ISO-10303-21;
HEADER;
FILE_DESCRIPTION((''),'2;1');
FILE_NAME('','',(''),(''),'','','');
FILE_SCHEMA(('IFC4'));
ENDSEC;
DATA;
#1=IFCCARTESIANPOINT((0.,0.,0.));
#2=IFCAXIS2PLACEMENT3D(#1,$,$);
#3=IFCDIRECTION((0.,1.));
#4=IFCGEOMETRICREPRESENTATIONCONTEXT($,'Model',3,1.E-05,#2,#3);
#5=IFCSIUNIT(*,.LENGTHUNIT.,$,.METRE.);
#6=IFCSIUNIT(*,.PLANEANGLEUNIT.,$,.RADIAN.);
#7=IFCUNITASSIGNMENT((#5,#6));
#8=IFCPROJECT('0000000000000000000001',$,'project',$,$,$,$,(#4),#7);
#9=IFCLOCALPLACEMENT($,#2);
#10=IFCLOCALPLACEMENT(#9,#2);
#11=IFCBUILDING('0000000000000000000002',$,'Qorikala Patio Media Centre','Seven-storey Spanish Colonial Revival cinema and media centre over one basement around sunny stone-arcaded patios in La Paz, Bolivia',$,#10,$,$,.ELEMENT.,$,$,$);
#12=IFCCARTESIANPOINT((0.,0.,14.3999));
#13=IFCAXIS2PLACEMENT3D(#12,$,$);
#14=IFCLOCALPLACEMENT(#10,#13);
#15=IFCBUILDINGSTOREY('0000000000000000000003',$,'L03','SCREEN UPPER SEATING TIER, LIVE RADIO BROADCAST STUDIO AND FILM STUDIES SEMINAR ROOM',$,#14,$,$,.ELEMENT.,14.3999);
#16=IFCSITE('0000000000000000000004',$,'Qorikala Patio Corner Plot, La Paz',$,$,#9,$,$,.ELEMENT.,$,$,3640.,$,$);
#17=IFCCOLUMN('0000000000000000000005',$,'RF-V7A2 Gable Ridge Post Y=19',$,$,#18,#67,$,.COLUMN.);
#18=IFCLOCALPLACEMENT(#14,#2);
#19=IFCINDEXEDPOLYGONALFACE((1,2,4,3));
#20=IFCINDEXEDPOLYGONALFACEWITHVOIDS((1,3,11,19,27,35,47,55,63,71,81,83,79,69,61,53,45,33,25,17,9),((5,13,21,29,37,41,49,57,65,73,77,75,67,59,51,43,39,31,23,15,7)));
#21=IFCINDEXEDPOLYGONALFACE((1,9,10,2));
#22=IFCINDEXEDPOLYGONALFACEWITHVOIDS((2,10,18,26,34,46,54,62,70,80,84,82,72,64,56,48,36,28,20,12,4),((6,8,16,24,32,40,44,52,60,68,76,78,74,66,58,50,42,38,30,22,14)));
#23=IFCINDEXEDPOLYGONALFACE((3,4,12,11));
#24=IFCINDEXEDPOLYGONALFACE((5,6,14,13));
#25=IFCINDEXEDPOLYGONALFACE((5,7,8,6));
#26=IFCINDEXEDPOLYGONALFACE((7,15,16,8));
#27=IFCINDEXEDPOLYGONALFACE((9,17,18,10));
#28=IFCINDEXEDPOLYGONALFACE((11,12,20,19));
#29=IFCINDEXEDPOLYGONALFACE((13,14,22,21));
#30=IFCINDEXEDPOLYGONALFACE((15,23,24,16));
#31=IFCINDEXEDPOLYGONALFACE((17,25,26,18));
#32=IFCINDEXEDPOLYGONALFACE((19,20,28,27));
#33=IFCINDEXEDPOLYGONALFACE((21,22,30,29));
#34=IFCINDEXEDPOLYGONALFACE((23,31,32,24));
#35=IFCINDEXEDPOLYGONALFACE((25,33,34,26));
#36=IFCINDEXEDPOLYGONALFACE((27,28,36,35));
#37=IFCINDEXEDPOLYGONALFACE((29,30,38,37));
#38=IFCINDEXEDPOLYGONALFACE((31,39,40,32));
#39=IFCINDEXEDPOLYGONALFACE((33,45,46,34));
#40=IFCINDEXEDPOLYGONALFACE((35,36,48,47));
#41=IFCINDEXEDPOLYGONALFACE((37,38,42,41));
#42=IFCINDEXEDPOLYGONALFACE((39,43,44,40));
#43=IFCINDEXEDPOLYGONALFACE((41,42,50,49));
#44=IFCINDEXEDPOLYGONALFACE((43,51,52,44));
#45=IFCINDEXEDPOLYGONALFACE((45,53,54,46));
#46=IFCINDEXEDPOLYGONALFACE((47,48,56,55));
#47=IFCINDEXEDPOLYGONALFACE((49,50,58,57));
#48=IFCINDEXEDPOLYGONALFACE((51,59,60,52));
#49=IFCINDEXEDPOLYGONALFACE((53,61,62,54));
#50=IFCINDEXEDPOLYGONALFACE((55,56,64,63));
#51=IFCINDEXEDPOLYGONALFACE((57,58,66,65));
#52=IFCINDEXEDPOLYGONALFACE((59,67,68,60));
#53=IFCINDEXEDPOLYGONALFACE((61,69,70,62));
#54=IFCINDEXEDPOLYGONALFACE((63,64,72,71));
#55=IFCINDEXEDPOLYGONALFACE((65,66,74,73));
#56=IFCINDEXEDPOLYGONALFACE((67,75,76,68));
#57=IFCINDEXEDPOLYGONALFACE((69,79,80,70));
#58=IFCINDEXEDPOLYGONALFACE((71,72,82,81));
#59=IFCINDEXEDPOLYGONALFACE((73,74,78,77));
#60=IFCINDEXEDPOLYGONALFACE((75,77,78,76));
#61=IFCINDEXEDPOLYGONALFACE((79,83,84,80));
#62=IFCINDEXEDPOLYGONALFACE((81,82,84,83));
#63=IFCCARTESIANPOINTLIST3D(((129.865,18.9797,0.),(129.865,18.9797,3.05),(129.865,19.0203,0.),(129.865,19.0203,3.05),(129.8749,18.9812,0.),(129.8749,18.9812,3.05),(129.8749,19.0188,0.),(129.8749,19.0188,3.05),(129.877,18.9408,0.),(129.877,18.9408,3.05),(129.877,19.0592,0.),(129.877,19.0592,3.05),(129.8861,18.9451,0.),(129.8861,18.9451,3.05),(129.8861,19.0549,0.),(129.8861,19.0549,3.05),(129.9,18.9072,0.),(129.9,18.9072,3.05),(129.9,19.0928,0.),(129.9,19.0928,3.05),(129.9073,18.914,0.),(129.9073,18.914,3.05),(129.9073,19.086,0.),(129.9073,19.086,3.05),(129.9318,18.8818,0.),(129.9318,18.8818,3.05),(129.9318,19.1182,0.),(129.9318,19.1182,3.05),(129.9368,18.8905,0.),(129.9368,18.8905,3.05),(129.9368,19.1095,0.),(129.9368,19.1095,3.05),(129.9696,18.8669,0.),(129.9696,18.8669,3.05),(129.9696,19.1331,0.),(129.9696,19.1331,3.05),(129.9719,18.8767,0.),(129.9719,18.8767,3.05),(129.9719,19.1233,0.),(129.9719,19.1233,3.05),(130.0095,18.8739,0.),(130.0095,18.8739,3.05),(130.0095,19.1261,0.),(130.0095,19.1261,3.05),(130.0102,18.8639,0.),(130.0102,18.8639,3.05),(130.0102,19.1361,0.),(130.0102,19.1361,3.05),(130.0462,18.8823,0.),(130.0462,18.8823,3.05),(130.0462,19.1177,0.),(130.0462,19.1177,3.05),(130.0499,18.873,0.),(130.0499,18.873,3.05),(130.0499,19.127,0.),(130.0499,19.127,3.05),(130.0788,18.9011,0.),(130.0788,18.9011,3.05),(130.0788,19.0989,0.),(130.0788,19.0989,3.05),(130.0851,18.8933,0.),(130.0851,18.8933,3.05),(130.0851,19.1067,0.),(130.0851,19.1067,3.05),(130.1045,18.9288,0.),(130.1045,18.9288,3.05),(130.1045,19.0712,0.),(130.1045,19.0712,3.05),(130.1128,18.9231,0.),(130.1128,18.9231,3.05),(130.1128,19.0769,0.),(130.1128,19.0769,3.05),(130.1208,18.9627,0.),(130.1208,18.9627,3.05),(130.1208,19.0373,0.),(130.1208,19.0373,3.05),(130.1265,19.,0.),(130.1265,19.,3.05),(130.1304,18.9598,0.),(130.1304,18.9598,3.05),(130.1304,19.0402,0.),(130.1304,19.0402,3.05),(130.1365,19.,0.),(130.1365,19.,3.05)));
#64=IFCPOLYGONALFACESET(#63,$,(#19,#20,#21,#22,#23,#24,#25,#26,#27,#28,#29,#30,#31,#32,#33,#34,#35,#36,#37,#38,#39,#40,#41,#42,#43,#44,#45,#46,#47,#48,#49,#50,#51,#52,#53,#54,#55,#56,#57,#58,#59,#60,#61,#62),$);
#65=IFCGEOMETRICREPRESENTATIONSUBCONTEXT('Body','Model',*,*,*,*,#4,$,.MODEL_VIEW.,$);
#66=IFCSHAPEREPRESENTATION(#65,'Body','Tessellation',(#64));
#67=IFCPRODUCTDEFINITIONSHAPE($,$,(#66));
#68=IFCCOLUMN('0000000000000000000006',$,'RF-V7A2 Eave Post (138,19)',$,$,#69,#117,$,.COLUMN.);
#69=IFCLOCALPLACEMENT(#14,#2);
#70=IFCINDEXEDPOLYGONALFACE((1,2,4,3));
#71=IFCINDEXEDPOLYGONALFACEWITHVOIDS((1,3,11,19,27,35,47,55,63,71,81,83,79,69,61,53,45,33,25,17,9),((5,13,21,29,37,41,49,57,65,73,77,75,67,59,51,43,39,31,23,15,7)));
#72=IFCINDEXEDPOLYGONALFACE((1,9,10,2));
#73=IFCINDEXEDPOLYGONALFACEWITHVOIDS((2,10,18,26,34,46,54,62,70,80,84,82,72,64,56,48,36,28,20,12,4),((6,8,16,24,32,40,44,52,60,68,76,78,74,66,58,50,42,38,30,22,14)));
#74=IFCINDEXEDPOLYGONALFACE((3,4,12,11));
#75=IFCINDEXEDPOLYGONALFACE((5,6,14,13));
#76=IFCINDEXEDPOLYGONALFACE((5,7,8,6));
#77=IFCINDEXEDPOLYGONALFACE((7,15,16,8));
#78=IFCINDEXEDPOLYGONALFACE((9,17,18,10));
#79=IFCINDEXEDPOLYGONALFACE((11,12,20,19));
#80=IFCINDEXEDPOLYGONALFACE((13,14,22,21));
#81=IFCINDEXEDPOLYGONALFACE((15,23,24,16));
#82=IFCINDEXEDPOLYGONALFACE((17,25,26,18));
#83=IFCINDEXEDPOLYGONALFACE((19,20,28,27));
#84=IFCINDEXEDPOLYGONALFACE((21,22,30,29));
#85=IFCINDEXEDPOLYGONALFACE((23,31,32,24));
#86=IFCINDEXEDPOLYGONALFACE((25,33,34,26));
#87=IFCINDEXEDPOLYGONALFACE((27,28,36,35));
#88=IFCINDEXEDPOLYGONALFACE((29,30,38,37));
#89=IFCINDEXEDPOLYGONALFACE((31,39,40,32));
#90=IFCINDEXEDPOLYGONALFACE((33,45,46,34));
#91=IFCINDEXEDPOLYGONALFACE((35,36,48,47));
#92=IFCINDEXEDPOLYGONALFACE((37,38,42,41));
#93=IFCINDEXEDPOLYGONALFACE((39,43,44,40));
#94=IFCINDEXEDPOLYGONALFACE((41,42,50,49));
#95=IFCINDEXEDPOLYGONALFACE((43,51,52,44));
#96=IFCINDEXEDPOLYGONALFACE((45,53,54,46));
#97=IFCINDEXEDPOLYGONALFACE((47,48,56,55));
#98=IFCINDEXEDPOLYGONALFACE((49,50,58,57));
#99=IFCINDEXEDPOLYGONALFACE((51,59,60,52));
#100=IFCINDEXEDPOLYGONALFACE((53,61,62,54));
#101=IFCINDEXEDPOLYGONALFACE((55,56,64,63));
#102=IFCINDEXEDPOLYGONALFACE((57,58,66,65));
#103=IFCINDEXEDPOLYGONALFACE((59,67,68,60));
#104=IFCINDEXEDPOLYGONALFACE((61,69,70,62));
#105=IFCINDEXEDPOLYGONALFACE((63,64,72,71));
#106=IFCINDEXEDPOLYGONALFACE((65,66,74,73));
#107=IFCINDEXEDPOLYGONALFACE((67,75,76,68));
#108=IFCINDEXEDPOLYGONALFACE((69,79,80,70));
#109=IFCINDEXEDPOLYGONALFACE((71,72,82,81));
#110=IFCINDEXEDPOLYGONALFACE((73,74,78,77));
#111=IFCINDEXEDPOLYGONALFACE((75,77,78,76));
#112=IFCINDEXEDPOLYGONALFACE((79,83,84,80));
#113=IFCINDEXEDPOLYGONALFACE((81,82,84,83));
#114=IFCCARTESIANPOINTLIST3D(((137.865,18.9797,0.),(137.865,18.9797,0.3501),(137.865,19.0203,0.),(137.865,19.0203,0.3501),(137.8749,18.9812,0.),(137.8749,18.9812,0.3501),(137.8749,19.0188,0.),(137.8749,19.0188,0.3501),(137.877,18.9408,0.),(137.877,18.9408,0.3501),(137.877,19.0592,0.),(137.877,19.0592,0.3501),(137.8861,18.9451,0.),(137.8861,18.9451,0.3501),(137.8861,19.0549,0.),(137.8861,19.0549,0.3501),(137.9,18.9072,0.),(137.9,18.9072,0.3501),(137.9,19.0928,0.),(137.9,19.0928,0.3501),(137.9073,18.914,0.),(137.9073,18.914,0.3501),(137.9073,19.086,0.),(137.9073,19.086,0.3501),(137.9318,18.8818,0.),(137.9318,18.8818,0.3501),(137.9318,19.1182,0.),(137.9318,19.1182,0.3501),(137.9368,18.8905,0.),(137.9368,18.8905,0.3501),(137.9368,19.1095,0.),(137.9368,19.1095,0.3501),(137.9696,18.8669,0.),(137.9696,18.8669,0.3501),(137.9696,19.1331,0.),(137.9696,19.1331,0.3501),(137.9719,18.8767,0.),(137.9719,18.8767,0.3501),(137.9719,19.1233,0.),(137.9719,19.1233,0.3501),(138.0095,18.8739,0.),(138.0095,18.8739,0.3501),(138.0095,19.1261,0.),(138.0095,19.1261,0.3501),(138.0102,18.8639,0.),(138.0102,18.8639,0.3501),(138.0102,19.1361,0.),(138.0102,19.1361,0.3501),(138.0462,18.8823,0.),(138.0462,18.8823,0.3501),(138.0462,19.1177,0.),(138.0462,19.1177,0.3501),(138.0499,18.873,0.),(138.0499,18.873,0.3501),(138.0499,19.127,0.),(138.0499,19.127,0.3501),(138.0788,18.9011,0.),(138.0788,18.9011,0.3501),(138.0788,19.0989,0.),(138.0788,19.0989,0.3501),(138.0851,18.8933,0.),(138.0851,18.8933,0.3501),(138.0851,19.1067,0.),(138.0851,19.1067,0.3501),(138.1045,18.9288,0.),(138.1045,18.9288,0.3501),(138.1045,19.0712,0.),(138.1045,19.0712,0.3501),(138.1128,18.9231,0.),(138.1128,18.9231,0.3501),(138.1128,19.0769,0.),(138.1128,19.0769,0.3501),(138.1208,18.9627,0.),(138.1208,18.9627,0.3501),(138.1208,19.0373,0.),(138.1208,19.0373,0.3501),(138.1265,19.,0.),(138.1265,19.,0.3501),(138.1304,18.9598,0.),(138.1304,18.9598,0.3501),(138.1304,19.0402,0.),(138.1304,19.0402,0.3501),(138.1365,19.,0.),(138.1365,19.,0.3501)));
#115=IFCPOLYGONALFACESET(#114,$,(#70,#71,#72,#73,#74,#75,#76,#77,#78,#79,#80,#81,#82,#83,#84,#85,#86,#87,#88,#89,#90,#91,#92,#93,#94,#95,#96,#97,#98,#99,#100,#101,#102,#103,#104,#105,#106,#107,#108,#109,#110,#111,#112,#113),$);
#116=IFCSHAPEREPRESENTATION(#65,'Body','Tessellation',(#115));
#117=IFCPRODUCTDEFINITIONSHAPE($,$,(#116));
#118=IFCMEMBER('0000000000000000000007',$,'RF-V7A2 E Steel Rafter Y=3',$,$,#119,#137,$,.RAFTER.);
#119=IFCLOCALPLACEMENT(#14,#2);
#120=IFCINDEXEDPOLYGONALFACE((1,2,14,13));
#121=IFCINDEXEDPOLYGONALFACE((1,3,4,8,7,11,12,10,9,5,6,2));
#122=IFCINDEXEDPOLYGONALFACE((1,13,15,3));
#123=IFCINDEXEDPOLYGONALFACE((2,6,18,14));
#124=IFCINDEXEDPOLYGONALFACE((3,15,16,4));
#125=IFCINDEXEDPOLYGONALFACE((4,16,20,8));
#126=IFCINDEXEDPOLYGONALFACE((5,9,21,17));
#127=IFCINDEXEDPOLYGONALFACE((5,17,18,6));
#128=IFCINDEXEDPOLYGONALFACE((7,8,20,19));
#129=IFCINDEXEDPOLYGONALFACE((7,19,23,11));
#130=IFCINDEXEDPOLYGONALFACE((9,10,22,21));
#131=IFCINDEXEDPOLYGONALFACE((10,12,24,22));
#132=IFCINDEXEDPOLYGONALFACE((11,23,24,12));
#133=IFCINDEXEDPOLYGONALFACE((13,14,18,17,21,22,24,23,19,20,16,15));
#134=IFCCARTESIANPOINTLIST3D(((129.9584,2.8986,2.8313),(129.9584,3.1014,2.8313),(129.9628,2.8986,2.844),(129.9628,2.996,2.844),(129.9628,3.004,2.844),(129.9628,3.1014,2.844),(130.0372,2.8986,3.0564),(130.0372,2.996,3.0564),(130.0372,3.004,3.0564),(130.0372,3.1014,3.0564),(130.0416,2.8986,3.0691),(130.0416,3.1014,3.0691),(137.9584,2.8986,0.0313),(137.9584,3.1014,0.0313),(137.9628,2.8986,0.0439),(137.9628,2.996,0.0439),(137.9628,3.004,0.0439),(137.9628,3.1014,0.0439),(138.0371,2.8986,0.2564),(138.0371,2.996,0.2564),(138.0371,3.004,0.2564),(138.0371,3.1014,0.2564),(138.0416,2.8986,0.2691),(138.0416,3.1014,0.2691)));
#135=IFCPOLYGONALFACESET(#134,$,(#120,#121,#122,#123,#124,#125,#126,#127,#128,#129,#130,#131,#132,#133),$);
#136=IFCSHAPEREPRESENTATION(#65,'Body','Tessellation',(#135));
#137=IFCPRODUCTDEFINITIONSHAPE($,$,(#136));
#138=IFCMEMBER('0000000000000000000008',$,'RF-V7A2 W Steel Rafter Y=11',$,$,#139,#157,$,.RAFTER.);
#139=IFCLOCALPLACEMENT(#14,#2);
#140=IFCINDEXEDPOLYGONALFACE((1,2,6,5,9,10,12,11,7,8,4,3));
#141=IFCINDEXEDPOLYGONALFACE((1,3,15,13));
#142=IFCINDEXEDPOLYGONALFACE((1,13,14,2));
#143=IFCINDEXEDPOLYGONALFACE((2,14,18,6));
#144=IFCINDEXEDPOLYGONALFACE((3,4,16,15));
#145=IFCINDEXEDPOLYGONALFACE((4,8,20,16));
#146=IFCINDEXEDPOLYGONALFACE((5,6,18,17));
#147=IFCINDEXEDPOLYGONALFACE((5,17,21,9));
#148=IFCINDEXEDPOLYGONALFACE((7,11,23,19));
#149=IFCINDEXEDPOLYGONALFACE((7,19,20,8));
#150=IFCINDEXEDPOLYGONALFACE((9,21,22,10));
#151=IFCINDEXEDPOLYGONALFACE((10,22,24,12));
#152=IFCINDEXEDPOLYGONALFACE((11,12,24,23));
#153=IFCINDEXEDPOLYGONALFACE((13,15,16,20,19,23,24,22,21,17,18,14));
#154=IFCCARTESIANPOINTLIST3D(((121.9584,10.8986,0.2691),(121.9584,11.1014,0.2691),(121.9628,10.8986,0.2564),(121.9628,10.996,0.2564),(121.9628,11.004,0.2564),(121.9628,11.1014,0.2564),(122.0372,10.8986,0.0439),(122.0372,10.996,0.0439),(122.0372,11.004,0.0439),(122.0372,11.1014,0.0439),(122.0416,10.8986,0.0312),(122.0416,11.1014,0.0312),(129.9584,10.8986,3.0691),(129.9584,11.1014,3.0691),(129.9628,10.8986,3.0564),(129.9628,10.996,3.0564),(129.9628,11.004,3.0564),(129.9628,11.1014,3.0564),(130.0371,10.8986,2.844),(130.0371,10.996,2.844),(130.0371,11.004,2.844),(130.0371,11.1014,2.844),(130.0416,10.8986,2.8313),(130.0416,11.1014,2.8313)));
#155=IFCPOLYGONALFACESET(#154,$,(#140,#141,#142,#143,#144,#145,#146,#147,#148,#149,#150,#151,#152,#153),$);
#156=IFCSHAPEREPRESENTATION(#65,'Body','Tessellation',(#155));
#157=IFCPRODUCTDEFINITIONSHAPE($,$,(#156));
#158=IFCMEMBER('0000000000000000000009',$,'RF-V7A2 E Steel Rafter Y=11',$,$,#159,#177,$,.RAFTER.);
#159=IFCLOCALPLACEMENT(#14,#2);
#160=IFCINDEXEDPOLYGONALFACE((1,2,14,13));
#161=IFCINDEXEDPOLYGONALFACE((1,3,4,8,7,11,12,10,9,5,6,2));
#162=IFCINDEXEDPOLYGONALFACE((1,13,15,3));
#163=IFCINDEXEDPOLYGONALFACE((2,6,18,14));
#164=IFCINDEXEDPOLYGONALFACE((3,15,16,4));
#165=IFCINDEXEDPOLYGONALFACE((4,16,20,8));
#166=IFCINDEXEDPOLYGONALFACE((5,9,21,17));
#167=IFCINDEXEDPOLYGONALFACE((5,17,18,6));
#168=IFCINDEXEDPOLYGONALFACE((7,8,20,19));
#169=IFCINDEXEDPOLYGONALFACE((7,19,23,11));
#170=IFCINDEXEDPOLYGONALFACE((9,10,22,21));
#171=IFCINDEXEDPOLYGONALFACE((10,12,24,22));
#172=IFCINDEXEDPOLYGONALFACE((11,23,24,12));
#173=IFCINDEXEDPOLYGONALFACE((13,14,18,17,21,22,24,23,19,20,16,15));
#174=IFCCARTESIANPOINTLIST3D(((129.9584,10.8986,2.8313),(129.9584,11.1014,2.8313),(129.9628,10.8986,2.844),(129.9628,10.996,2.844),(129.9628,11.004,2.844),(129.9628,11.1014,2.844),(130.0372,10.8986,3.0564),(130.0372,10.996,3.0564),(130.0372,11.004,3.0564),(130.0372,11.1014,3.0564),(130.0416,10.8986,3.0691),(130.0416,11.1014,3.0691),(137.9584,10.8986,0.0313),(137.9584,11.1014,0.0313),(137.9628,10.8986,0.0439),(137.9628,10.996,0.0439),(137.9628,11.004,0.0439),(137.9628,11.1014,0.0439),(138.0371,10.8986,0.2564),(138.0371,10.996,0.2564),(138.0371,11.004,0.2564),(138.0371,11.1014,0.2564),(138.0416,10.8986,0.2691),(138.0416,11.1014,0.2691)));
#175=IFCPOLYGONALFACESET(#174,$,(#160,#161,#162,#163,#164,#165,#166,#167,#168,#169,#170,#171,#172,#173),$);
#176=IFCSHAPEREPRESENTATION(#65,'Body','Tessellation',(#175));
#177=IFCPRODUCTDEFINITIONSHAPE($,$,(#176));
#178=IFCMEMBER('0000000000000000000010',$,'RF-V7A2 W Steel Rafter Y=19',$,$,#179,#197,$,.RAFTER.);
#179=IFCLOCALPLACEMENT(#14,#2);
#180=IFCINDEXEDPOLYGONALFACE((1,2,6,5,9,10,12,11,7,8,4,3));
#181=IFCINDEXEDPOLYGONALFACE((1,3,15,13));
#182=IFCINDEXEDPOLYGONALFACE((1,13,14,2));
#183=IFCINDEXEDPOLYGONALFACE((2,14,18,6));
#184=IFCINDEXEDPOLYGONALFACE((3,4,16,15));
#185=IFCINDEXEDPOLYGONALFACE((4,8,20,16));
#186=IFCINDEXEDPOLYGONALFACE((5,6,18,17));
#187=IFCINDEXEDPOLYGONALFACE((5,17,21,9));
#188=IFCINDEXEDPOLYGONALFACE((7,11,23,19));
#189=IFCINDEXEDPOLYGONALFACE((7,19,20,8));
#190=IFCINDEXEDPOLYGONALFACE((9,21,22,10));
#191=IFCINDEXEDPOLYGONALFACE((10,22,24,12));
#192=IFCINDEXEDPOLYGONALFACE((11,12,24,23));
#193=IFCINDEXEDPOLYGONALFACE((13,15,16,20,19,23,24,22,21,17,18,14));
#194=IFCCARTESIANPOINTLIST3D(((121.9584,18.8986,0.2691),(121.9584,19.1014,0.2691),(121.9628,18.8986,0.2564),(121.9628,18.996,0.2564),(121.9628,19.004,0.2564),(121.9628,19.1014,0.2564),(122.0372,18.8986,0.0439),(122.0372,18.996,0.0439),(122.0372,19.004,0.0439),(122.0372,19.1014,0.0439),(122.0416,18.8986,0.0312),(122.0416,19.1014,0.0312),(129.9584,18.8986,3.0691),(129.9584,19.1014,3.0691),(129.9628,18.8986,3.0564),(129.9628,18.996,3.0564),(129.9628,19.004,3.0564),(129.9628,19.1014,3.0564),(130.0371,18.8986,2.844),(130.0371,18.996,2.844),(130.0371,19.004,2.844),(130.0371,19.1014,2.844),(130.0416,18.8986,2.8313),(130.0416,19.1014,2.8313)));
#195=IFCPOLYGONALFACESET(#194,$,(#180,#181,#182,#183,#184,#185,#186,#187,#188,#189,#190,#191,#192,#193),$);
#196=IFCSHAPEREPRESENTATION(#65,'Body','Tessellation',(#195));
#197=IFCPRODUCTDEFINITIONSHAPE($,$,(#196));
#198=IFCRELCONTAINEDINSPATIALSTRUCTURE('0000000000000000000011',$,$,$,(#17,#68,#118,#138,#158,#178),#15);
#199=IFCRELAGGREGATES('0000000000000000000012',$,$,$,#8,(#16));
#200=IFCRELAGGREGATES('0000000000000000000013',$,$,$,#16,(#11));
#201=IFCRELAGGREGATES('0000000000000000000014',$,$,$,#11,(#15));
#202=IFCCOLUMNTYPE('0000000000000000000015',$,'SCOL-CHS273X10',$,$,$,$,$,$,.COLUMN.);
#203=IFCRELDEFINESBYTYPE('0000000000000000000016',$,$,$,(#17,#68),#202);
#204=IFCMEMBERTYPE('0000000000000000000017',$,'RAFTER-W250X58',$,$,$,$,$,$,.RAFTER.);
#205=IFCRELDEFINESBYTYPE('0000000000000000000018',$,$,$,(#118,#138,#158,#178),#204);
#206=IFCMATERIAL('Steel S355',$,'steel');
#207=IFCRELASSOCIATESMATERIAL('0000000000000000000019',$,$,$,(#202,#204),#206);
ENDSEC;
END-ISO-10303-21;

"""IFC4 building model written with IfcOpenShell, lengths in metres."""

from ifc_helpers import new_model, si_unit, direction, frame, origin, origin_2d, place, context, subcontext, project, spatial, hollow_circle, i_section, extrude, material, material_profile, profile_set, type_object, element, save


model = new_model("IFC4")

# Units and contexts
model_context = context("Model", 3, precision=1e-05, world=origin(), true_north=direction((0.0, 1.0)))
body_context = subcontext(model_context, "Body", "Model", "MODEL_VIEW")
ifc_project = project(units=[si_unit("LENGTHUNIT", "METRE"), si_unit("PLANEANGLEUNIT", "RADIAN")], contexts=[model_context])

# Site, building, storey
site_placement = place(None, origin())
site = spatial("IfcSite", under=ifc_project, at=site_placement, Name="Qorikala Patio Corner Plot, La Paz", CompositionType="ELEMENT", RefElevation=3640.0)
building_placement = place(site_placement, origin())
building = spatial("IfcBuilding", under=site, at=building_placement, Name="Qorikala Patio Media Centre", Description="Seven-storey Spanish Colonial Revival cinema and media centre over one basement around sunny stone-arcaded patios in La Paz, Bolivia", CompositionType="ELEMENT")
storey_placement = place(building_placement, frame((0.0, 0.0, 14.3999)))
storey = spatial("IfcBuildingStorey", under=building, at=storey_placement, Name="L03", Description="SCREEN UPPER SEATING TIER, LIVE RADIO BROADCAST STUDIO AND FILM STUDIES SEMINAR ROOM", CompositionType="ELEMENT", Elevation=14.3999)

# Columns
ifc_material_1 = material(Name="Steel S355", Category="steel")
ifc_material_profile_1 = material_profile(ifc_material_1, hollow_circle(Radius=0.1365, WallThickness=0.01, at=origin_2d()), Name="CHS273X10")
ifc_profile_set_1 = profile_set([ifc_material_profile_1], Name="Steel S355")
column_type = type_object("IfcColumnType", Name="SCOL-CHS273X10", PredefinedType="COLUMN", material=ifc_profile_set_1)
column_1_placement = place(storey_placement, frame((130.0, 19.0, 0.0), z_axis=(0.0, 0.0, 1.0), x_axis=(1.0, 0.0, 0.0)))
element("IfcColumn", 1, at=column_1_placement, inside=storey, type_object=column_type, Name="RF-V7A2 Gable Ridge Post Y=19", PredefinedType="COLUMN", context=body_context, shape_type="SweptSolid", body=[
    extrude(hollow_circle(Radius=0.1365, WallThickness=0.01, at=origin_2d()), origin(), (0.0, 0.0, 1.0), 3.05),
])
column_2_placement = place(storey_placement, frame((138.0, 19.0, 0.0), z_axis=(0.0, 0.0, 1.0), x_axis=(1.0, 0.0, 0.0)))
element("IfcColumn", 2, at=column_2_placement, inside=storey, type_object=column_type, Name="RF-V7A2 Eave Post (138,19)", PredefinedType="COLUMN", context=body_context, shape_type="SweptSolid", body=[
    extrude(hollow_circle(Radius=0.1365, WallThickness=0.01, at=origin_2d()), origin(), (0.0, 0.0, 1.0), 0.3501),
])

# Members
ifc_material_profile_2 = material_profile(ifc_material_1, i_section(OverallWidth=0.2029, OverallDepth=0.252, WebThickness=0.0081, FlangeThickness=0.0134, at=origin_2d()), Name="W250X58")
ifc_profile_set_2 = profile_set([ifc_material_profile_2], Name="Steel S355")
member_type = type_object("IfcMemberType", Name="RAFTER-W250X58", PredefinedType="RAFTER", material=ifc_profile_set_2)
for number, where, z_axis, x_axis, name in (
    (3, (130.0, 3.0, 2.9502), (0.943857, 0.0, -0.330356), (0.0, 1.0, 0.0), "RF-V7A2 E Steel Rafter Y=3"),
    (4, (122.0, 11.0, 0.1501), (0.943857, 0.0, 0.330356), (0.0, 1.0, 0.0), "RF-V7A2 W Steel Rafter Y=11"),
    (5, (130.0, 11.0, 2.9502), (0.943857, 0.0, -0.330356), (0.0, 1.0, 0.0), "RF-V7A2 E Steel Rafter Y=11"),
    (6, (122.0, 19.0, 0.1501), (0.943857, 0.0, 0.330356), (0.0, 1.0, 0.0), "RF-V7A2 W Steel Rafter Y=19"),
):
    element("IfcMember", number, at=place(storey_placement, frame(where, z_axis=z_axis, x_axis=x_axis)), inside=storey, type_object=member_type, Name=name, PredefinedType="RAFTER", context=body_context, shape_type="SweptSolid", body=[
        extrude(i_section(OverallWidth=0.2029, OverallDepth=0.252, WebThickness=0.0081, FlangeThickness=0.0134, at=origin_2d()), origin(), (0.0, 0.0, 1.0), 8.4758),
    ])

save(model, "model.ifc")
